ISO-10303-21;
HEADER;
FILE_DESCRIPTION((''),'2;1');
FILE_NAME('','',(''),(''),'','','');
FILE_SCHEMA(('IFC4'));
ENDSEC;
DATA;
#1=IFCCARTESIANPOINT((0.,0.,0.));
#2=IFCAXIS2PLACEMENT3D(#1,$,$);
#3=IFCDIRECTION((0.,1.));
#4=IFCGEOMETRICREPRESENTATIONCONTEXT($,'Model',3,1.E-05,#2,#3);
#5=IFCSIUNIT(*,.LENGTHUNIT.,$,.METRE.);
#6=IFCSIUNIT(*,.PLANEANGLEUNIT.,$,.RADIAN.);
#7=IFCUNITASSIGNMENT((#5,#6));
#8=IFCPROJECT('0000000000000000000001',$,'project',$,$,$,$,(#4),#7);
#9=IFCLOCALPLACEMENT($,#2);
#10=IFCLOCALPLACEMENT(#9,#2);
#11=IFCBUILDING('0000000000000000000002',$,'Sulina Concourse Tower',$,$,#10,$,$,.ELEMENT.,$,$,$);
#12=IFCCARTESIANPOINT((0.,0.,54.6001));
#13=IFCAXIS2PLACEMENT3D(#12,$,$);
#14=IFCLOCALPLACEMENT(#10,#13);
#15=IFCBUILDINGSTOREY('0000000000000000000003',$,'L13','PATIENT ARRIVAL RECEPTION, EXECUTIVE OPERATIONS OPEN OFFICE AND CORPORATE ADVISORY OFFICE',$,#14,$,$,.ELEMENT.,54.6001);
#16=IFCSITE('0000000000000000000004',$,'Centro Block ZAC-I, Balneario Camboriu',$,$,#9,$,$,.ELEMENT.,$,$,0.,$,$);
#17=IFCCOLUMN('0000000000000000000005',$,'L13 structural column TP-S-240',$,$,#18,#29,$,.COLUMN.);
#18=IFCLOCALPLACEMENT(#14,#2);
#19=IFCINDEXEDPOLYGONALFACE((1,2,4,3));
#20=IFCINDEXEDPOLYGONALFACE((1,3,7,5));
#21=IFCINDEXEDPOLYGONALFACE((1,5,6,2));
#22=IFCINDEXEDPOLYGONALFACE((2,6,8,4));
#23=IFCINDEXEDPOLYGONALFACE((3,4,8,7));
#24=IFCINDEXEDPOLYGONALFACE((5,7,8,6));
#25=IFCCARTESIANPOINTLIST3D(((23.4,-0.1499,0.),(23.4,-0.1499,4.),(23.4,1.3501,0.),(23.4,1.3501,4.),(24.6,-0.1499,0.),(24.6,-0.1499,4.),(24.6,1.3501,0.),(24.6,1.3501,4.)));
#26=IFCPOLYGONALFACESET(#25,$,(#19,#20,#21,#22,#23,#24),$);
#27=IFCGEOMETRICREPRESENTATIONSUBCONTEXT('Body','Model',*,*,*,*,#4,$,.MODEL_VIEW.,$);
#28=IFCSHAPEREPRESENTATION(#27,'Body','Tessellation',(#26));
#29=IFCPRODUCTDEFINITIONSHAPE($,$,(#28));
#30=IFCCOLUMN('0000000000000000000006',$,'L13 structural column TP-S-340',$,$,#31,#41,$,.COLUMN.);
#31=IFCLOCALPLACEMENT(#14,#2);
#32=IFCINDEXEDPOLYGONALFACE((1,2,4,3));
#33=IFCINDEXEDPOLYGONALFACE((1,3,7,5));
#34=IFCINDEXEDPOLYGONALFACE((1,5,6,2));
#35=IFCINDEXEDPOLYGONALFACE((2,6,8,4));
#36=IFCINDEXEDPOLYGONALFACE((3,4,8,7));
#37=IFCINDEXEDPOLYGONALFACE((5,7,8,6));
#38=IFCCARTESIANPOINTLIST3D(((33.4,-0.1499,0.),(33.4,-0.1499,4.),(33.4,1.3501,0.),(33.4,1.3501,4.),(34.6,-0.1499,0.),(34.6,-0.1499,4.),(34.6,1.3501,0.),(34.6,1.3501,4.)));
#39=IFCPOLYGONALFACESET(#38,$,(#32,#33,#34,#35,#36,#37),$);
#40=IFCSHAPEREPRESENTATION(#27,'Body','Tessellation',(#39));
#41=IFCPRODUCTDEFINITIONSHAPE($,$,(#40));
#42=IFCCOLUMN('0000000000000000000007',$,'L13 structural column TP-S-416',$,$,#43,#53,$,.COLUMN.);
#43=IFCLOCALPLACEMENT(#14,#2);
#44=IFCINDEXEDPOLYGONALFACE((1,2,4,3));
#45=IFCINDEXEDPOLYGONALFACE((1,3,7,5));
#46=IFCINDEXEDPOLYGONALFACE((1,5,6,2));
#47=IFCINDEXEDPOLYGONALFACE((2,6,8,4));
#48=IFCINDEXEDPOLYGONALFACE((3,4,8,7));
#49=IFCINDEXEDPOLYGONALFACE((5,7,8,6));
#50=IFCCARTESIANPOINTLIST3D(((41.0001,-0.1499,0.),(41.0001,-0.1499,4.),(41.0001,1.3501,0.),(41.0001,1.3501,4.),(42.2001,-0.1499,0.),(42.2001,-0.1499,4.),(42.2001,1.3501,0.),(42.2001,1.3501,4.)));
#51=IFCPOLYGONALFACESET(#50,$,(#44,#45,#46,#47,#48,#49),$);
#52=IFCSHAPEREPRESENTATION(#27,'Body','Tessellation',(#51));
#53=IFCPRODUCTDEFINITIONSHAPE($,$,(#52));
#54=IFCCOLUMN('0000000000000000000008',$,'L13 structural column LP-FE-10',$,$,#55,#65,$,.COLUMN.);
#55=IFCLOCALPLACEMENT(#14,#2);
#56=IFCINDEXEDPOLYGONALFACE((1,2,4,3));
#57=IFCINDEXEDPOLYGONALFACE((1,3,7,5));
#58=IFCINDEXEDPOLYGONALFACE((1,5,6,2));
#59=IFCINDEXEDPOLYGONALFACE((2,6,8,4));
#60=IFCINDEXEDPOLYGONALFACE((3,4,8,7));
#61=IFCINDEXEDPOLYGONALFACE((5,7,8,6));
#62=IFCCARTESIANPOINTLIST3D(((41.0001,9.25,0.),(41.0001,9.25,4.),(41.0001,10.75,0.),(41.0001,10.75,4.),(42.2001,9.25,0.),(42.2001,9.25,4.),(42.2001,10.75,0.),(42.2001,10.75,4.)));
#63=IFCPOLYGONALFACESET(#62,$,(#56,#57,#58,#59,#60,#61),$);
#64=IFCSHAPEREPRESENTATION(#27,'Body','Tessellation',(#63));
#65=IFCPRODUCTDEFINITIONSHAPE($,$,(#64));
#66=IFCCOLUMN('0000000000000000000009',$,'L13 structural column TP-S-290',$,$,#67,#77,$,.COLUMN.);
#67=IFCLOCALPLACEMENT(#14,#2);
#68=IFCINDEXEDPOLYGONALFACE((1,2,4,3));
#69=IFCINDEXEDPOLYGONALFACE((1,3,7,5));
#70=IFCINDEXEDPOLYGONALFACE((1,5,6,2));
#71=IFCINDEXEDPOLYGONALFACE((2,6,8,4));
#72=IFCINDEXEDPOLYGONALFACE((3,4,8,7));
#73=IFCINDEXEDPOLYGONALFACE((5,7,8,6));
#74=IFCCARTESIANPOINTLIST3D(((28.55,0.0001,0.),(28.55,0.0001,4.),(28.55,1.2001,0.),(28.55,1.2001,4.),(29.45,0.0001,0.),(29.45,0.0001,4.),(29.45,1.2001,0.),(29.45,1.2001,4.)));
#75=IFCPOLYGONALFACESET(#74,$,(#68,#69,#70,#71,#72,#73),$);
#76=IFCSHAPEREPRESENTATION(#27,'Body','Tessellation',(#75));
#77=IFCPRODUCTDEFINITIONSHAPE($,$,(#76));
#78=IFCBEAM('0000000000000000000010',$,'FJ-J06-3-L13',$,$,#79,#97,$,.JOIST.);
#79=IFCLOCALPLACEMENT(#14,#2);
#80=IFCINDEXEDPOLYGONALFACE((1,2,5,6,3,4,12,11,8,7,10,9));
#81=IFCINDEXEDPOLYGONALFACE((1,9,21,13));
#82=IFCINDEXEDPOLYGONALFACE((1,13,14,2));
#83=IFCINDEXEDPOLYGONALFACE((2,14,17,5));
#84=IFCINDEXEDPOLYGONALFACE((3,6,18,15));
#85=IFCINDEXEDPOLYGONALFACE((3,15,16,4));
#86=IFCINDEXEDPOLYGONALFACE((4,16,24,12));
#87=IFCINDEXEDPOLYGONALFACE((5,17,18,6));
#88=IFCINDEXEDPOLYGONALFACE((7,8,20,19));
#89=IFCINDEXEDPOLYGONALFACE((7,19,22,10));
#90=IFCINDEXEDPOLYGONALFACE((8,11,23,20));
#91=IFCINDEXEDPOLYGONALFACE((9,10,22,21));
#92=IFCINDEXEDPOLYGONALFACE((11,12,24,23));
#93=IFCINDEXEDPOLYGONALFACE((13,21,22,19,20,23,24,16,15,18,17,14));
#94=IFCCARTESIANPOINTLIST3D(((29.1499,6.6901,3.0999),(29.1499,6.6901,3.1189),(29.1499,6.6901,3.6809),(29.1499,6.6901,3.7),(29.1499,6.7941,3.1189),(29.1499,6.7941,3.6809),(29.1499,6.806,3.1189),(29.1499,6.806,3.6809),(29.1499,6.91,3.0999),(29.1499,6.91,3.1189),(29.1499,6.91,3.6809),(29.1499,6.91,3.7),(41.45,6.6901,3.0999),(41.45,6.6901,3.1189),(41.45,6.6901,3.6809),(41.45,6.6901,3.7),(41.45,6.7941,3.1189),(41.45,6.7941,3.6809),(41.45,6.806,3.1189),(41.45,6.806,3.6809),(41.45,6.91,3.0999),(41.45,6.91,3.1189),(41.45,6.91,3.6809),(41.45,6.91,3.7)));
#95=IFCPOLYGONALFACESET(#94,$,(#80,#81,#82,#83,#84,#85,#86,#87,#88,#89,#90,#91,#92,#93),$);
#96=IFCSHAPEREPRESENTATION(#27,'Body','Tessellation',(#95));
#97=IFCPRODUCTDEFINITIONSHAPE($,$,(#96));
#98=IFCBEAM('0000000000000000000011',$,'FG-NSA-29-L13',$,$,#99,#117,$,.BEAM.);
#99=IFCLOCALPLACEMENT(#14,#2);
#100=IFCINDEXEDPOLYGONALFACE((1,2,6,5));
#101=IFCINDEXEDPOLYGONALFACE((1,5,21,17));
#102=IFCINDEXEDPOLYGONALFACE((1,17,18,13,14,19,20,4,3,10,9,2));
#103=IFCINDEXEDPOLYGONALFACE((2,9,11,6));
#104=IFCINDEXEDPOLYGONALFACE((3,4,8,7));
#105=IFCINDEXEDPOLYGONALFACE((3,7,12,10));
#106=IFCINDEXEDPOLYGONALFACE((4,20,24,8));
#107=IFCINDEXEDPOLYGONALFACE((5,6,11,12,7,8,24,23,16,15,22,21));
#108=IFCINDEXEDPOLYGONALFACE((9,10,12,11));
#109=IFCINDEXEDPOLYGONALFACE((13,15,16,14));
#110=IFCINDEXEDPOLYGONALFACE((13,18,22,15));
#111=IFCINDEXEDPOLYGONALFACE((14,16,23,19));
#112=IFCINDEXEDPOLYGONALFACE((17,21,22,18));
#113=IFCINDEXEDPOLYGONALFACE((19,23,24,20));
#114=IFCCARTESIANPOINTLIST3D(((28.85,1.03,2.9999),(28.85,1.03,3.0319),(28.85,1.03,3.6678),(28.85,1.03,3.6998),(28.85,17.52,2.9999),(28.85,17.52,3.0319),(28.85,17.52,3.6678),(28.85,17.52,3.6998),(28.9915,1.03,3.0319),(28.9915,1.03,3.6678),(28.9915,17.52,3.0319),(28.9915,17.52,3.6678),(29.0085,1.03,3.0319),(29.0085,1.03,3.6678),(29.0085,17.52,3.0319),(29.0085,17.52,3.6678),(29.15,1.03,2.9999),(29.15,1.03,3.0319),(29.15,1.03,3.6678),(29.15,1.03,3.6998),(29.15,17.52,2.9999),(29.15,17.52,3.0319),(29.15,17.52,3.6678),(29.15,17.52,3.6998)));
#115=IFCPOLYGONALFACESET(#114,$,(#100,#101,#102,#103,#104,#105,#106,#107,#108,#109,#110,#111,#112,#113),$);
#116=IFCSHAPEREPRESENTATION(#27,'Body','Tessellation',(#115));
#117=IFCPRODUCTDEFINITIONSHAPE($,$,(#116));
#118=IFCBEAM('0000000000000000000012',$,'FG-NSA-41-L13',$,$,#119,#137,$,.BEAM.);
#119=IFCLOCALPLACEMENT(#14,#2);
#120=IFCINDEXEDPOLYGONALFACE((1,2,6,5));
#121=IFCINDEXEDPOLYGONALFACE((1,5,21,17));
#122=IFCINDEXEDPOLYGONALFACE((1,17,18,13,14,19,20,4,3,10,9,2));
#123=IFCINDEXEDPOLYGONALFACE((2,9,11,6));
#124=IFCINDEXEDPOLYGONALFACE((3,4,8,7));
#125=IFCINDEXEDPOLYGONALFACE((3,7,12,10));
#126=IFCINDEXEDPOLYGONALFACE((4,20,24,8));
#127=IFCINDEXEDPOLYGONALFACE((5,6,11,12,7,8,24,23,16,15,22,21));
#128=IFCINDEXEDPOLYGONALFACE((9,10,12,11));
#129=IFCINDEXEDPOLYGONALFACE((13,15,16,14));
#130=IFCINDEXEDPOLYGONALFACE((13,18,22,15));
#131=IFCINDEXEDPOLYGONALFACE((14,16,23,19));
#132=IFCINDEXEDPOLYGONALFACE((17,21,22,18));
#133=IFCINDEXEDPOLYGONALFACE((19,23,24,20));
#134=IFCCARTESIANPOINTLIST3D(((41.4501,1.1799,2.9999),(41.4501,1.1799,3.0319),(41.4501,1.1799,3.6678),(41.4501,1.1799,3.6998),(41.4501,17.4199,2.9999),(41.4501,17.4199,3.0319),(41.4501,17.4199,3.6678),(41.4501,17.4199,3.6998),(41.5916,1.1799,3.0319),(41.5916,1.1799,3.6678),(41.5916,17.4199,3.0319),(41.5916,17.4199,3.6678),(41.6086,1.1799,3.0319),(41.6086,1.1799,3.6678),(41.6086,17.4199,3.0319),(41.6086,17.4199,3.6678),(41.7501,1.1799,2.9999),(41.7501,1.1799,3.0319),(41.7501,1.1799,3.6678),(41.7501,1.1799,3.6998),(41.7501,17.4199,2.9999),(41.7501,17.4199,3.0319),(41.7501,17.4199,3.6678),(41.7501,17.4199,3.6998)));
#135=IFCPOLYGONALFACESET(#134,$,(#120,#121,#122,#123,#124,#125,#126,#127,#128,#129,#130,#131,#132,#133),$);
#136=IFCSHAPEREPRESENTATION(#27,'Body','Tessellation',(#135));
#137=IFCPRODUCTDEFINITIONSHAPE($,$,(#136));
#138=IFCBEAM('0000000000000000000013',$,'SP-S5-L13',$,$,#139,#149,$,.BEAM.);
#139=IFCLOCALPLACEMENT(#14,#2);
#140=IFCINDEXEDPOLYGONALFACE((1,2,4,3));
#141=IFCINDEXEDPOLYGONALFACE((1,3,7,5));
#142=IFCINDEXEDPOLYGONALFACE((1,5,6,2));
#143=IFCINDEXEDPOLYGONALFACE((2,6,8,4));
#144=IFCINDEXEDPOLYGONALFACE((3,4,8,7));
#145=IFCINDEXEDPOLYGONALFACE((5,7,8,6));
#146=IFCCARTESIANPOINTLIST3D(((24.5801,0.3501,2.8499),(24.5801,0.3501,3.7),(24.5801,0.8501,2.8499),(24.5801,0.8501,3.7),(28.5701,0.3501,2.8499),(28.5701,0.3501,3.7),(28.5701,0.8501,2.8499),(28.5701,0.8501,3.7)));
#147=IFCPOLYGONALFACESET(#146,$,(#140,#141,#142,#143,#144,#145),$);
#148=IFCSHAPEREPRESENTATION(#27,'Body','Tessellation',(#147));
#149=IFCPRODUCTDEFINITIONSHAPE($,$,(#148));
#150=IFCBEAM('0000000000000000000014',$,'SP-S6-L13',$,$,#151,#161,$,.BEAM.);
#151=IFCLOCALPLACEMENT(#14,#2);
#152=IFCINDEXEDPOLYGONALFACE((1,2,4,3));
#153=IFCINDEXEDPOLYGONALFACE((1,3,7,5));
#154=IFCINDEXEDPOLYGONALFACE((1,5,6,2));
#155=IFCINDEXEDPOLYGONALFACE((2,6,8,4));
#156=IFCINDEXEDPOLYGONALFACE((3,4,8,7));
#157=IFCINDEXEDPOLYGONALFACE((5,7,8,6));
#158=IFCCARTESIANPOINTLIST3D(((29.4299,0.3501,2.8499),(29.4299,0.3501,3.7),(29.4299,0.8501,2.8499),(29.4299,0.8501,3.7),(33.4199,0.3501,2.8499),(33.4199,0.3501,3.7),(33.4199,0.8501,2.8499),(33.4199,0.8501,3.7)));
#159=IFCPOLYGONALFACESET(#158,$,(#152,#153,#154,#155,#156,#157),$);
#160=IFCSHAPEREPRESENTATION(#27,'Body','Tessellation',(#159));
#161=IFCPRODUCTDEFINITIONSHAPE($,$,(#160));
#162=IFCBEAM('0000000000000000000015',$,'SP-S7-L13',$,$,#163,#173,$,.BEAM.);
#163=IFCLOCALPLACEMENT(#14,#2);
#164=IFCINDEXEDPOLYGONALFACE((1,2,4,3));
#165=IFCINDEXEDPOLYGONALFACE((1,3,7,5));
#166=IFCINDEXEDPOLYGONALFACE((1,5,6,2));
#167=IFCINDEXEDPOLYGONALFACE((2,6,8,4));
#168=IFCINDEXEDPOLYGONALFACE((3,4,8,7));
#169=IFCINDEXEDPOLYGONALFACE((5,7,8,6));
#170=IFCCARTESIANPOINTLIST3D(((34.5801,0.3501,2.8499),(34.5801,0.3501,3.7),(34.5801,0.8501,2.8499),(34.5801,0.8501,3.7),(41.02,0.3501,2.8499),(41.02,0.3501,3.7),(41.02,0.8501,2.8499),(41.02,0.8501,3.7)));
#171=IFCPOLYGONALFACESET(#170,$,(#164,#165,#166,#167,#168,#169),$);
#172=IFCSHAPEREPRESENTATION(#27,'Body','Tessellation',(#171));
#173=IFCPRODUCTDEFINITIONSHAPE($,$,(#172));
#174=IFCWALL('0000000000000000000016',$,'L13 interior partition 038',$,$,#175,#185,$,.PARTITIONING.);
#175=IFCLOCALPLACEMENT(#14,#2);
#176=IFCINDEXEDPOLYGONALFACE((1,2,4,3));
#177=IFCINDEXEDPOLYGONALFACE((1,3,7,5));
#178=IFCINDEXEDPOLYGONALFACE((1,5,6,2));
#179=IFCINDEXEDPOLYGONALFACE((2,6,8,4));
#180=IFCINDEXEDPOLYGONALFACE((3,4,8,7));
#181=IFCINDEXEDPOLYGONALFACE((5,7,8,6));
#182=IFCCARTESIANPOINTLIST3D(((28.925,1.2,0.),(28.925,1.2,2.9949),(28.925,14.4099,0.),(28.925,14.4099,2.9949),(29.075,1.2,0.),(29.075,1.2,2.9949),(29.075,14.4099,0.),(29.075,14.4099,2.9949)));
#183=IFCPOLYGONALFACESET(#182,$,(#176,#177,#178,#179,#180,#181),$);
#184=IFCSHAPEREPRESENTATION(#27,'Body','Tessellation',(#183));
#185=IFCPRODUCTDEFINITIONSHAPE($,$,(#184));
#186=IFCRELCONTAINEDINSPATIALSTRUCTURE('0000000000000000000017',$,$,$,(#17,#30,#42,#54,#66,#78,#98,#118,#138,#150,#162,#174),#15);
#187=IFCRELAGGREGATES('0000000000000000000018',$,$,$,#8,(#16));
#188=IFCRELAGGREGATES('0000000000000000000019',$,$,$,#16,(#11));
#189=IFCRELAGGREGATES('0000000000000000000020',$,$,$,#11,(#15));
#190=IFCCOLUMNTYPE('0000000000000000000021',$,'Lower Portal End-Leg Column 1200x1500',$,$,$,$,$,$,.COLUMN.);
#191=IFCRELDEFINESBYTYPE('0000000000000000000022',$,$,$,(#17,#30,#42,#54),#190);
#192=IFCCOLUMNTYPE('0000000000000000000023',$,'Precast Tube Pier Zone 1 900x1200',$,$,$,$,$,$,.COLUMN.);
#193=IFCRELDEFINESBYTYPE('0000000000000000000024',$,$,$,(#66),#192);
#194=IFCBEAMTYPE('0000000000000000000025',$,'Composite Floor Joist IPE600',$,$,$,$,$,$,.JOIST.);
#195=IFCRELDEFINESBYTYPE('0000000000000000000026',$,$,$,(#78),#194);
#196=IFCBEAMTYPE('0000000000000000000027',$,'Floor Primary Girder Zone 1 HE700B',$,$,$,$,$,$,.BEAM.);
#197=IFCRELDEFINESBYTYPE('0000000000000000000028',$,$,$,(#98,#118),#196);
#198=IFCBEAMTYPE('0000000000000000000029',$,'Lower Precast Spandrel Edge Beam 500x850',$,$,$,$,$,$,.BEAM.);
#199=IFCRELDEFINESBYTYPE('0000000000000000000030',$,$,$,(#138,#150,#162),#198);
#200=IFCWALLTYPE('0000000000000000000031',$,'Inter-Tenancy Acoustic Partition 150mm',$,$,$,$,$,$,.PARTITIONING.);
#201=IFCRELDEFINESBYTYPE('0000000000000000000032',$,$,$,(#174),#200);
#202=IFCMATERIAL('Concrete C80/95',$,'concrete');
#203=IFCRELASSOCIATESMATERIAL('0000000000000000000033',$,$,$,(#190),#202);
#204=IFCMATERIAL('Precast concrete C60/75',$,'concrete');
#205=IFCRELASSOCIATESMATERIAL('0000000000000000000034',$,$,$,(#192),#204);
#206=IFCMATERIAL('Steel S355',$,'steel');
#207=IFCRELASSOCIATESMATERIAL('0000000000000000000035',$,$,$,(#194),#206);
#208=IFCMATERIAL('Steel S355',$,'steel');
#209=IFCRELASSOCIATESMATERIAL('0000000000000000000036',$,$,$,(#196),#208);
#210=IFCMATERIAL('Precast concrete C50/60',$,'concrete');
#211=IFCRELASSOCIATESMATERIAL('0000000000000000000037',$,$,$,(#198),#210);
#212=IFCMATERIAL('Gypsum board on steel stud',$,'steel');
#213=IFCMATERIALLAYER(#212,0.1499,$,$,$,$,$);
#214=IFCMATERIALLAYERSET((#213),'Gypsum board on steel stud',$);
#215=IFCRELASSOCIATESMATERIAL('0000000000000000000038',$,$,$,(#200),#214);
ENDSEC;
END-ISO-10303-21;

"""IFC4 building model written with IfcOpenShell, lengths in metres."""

from ifc_helpers import new_model, si_unit, direction, frame, frame_2d, origin, origin_2d, place, context, subcontext, project, spatial, rectangle, i_section, extrude, material, layer, layer_set, material_profile, profile_set, type_object, element, save


model = new_model("IFC4")

# Units and contexts
model_context = context("Model", 3, precision=1e-05, world=origin(), true_north=direction((0.0, 1.0)))
body_context = subcontext(model_context, "Body", "Model", "MODEL_VIEW")
ifc_project = project(units=[si_unit("LENGTHUNIT", "METRE"), si_unit("PLANEANGLEUNIT", "RADIAN")], contexts=[model_context])

# Site, building, storey
site_placement = place(None, origin())
site = spatial("IfcSite", under=ifc_project, at=site_placement, Name="Centro Block ZAC-I, Balneario Camboriu", CompositionType="ELEMENT", RefElevation=0.0)
building_placement = place(site_placement, origin())
building = spatial("IfcBuilding", under=site, at=building_placement, Name="Sulina Concourse Tower", CompositionType="ELEMENT")
storey_placement = place(building_placement, frame((0.0, 0.0, 54.6001)))
storey = spatial("IfcBuildingStorey", under=building, at=storey_placement, Name="L13", Description="PATIENT ARRIVAL RECEPTION, EXECUTIVE OPERATIONS OPEN OFFICE AND CORPORATE ADVISORY OFFICE", CompositionType="ELEMENT", Elevation=54.6001)

# Columns
ifc_material_1 = material(Name="Concrete C80/95", Category="concrete")
ifc_material_profile_1 = material_profile(ifc_material_1, rectangle(XDim=1.2, YDim=1.5, at=origin_2d()), Name="RC 1200x1500")
ifc_profile_set_1 = profile_set([ifc_material_profile_1], Name="Concrete C80/95")
column_type_1 = type_object("IfcColumnType", Name="Lower Portal End-Leg Column 1200x1500", PredefinedType="COLUMN", material=ifc_profile_set_1)
for number, where, z_axis, x_axis, name in (
    (1, (24.0, 0.6001, 0.0), (0.0, 0.0, 1.0), (1.0, 0.0, 0.0), "L13 structural column TP-S-240"),
    (2, (34.0, 0.6001, 0.0), (0.0, 0.0, 1.0), (1.0, 0.0, 0.0), "L13 structural column TP-S-340"),
    (3, (41.6001, 0.6001, 0.0), (0.0, 0.0, 1.0), (1.0, 0.0, 0.0), "L13 structural column TP-S-416"),
    (4, (41.6001, 10.0, 0.0), (0.0, 0.0, 1.0), (1.0, 0.0, 0.0), "L13 structural column LP-FE-10"),
):
    element("IfcColumn", number, at=place(storey_placement, frame(where, z_axis=z_axis, x_axis=x_axis)), inside=storey, type_object=column_type_1, Name=name, PredefinedType="COLUMN", context=body_context, shape_type="SweptSolid", body=[
        extrude(rectangle(XDim=1.2, YDim=1.5, at=origin_2d()), origin(), (0.0, 0.0, 1.0), 4.0),
    ])
ifc_material_2 = material(Name="Precast concrete C60/75", Category="concrete")
ifc_material_profile_2 = material_profile(ifc_material_2, rectangle(XDim=0.8999, YDim=1.2, at=origin_2d()), Name="PC 900x1200")
ifc_profile_set_2 = profile_set([ifc_material_profile_2], Name="Precast concrete C60/75")
column_type_2 = type_object("IfcColumnType", Name="Precast Tube Pier Zone 1 900x1200", PredefinedType="COLUMN", material=ifc_profile_set_2)
column_placement = place(storey_placement, frame((29.0, 0.6001, 0.0), z_axis=(0.0, 0.0, 1.0), x_axis=(1.0, 0.0, 0.0)))
element("IfcColumn", 5, at=column_placement, inside=storey, type_object=column_type_2, Name="L13 structural column TP-S-290", PredefinedType="COLUMN", context=body_context, shape_type="SweptSolid", body=[
    extrude(rectangle(XDim=0.8999, YDim=1.2, at=origin_2d()), origin(), (0.0, 0.0, 1.0), 4.0),
])

# Beams
ifc_material_3 = material(Name="Steel S355", Category="steel")
ifc_material_profile_3 = material_profile(ifc_material_3, i_section(OverallWidth=0.22, OverallDepth=0.6001, WebThickness=0.012, FlangeThickness=0.019, at=origin_2d()), Name="IPE 600")
ifc_profile_set_3 = profile_set([ifc_material_profile_3], Name="Steel S355")
beam_type_1 = type_object("IfcBeamType", Name="Composite Floor Joist IPE600", PredefinedType="JOIST", material=ifc_profile_set_3)
beam_1_placement = place(storey_placement, frame((29.1499, 6.8, 3.3999), z_axis=(1.0, 0.0, 0.0), x_axis=(0.0, 1.0, 0.0)))
element("IfcBeam", 6, at=beam_1_placement, inside=storey, type_object=beam_type_1, Name="FJ-J06-3-L13", PredefinedType="JOIST", context=body_context, shape_type="SweptSolid", body=[
    extrude(i_section(OverallWidth=0.22, OverallDepth=0.6001, WebThickness=0.012, FlangeThickness=0.019, at=origin_2d()), origin(), (0.0, 0.0, 1.0), 12.3),
])
ifc_material_4 = material(Name="Steel S355", Category="steel")
ifc_material_profile_4 = material_profile(ifc_material_4, i_section(OverallWidth=0.3, OverallDepth=0.7, WebThickness=0.0171, FlangeThickness=0.032, at=origin_2d()), Name="HE 700 B")
ifc_profile_set_4 = profile_set([ifc_material_profile_4], Name="Steel S355")
beam_type_2 = type_object("IfcBeamType", Name="Floor Primary Girder Zone 1 HE700B", PredefinedType="BEAM", material=ifc_profile_set_4)
beam_2_placement = place(storey_placement, frame((29.0, 1.03, 3.3499), z_axis=(0.0, 1.0, 0.0), x_axis=(-1.0, 0.0, 0.0)))
element("IfcBeam", 7, at=beam_2_placement, inside=storey, type_object=beam_type_2, Name="FG-NSA-29-L13", PredefinedType="BEAM", context=body_context, shape_type="SweptSolid", body=[
    extrude(i_section(OverallWidth=0.3, OverallDepth=0.7, WebThickness=0.0171, FlangeThickness=0.032, at=origin_2d()), origin(), (0.0, 0.0, 1.0), 16.49),
])
beam_3_placement = place(storey_placement, frame((41.6001, 1.1799, 3.3499), z_axis=(0.0, 1.0, 0.0), x_axis=(-1.0, 0.0, 0.0)))
element("IfcBeam", 8, at=beam_3_placement, inside=storey, type_object=beam_type_2, Name="FG-NSA-41-L13", PredefinedType="BEAM", context=body_context, shape_type="SweptSolid", body=[
    extrude(i_section(OverallWidth=0.3, OverallDepth=0.7, WebThickness=0.0171, FlangeThickness=0.032, at=origin_2d()), origin(), (0.0, 0.0, 1.0), 16.24),
])
ifc_material_5 = material(Name="Precast concrete C50/60", Category="concrete")
ifc_material_profile_5 = material_profile(ifc_material_5, rectangle(XDim=0.5, YDim=0.8501, at=origin_2d()), Name="RC 500x850")
ifc_profile_set_5 = profile_set([ifc_material_profile_5], Name="Precast concrete C50/60")
beam_type_3 = type_object("IfcBeamType", Name="Lower Precast Spandrel Edge Beam 500x850", PredefinedType="BEAM", material=ifc_profile_set_5)
for number, where, z_axis, x_axis, name in (
    (9, (24.5801, 0.6001, 3.2749), (1.0, 0.0, 0.0), (0.0, 1.0, 0.0), "SP-S5-L13"),
    (10, (29.4299, 0.6001, 3.2749), (1.0, 0.0, 0.0), (0.0, 1.0, 0.0), "SP-S6-L13"),
):
    element("IfcBeam", number, at=place(storey_placement, frame(where, z_axis=z_axis, x_axis=x_axis)), inside=storey, type_object=beam_type_3, Name=name, PredefinedType="BEAM", context=body_context, shape_type="SweptSolid", body=[
        extrude(rectangle(XDim=0.5, YDim=0.8501, at=origin_2d()), origin(), (0.0, 0.0, 1.0), 3.99),
    ])
beam_4_placement = place(storey_placement, frame((34.5801, 0.6001, 3.2749), z_axis=(1.0, 0.0, 0.0), x_axis=(0.0, 1.0, 0.0)))
element("IfcBeam", 11, at=beam_4_placement, inside=storey, type_object=beam_type_3, Name="SP-S7-L13", PredefinedType="BEAM", context=body_context, shape_type="SweptSolid", body=[
    extrude(rectangle(XDim=0.5, YDim=0.8501, at=origin_2d()), origin(), (0.0, 0.0, 1.0), 6.4399),
])

# Wall
ifc_material_6 = material(Name="Gypsum board on steel stud", Category="steel")
ifc_layer_1 = layer(ifc_material_6, 0.1499)
ifc_layer_set_1 = layer_set([ifc_layer_1], Name="Gypsum board on steel stud")
wall_type_1 = type_object("IfcWallType", Name="Inter-Tenancy Acoustic Partition 150mm", PredefinedType="PARTITIONING", material=ifc_layer_set_1)
wall_1_placement = place(storey_placement, frame((29.0, 1.2, 0.0), z_axis=(0.0, 0.0, 1.0), x_axis=(0.0, 1.0, 0.0)))
element("IfcWall", 12, at=wall_1_placement, inside=storey, type_object=wall_type_1, Name="L13 interior partition 038", PredefinedType="PARTITIONING", context=body_context, shape_type="SweptSolid", body=[
    extrude(rectangle(XDim=13.21, YDim=0.1499, at=frame_2d((6.605, 0.0))), origin(), (0.0, 0.0, 1.0), 2.9949),
])

save(model, "model.ifc")
